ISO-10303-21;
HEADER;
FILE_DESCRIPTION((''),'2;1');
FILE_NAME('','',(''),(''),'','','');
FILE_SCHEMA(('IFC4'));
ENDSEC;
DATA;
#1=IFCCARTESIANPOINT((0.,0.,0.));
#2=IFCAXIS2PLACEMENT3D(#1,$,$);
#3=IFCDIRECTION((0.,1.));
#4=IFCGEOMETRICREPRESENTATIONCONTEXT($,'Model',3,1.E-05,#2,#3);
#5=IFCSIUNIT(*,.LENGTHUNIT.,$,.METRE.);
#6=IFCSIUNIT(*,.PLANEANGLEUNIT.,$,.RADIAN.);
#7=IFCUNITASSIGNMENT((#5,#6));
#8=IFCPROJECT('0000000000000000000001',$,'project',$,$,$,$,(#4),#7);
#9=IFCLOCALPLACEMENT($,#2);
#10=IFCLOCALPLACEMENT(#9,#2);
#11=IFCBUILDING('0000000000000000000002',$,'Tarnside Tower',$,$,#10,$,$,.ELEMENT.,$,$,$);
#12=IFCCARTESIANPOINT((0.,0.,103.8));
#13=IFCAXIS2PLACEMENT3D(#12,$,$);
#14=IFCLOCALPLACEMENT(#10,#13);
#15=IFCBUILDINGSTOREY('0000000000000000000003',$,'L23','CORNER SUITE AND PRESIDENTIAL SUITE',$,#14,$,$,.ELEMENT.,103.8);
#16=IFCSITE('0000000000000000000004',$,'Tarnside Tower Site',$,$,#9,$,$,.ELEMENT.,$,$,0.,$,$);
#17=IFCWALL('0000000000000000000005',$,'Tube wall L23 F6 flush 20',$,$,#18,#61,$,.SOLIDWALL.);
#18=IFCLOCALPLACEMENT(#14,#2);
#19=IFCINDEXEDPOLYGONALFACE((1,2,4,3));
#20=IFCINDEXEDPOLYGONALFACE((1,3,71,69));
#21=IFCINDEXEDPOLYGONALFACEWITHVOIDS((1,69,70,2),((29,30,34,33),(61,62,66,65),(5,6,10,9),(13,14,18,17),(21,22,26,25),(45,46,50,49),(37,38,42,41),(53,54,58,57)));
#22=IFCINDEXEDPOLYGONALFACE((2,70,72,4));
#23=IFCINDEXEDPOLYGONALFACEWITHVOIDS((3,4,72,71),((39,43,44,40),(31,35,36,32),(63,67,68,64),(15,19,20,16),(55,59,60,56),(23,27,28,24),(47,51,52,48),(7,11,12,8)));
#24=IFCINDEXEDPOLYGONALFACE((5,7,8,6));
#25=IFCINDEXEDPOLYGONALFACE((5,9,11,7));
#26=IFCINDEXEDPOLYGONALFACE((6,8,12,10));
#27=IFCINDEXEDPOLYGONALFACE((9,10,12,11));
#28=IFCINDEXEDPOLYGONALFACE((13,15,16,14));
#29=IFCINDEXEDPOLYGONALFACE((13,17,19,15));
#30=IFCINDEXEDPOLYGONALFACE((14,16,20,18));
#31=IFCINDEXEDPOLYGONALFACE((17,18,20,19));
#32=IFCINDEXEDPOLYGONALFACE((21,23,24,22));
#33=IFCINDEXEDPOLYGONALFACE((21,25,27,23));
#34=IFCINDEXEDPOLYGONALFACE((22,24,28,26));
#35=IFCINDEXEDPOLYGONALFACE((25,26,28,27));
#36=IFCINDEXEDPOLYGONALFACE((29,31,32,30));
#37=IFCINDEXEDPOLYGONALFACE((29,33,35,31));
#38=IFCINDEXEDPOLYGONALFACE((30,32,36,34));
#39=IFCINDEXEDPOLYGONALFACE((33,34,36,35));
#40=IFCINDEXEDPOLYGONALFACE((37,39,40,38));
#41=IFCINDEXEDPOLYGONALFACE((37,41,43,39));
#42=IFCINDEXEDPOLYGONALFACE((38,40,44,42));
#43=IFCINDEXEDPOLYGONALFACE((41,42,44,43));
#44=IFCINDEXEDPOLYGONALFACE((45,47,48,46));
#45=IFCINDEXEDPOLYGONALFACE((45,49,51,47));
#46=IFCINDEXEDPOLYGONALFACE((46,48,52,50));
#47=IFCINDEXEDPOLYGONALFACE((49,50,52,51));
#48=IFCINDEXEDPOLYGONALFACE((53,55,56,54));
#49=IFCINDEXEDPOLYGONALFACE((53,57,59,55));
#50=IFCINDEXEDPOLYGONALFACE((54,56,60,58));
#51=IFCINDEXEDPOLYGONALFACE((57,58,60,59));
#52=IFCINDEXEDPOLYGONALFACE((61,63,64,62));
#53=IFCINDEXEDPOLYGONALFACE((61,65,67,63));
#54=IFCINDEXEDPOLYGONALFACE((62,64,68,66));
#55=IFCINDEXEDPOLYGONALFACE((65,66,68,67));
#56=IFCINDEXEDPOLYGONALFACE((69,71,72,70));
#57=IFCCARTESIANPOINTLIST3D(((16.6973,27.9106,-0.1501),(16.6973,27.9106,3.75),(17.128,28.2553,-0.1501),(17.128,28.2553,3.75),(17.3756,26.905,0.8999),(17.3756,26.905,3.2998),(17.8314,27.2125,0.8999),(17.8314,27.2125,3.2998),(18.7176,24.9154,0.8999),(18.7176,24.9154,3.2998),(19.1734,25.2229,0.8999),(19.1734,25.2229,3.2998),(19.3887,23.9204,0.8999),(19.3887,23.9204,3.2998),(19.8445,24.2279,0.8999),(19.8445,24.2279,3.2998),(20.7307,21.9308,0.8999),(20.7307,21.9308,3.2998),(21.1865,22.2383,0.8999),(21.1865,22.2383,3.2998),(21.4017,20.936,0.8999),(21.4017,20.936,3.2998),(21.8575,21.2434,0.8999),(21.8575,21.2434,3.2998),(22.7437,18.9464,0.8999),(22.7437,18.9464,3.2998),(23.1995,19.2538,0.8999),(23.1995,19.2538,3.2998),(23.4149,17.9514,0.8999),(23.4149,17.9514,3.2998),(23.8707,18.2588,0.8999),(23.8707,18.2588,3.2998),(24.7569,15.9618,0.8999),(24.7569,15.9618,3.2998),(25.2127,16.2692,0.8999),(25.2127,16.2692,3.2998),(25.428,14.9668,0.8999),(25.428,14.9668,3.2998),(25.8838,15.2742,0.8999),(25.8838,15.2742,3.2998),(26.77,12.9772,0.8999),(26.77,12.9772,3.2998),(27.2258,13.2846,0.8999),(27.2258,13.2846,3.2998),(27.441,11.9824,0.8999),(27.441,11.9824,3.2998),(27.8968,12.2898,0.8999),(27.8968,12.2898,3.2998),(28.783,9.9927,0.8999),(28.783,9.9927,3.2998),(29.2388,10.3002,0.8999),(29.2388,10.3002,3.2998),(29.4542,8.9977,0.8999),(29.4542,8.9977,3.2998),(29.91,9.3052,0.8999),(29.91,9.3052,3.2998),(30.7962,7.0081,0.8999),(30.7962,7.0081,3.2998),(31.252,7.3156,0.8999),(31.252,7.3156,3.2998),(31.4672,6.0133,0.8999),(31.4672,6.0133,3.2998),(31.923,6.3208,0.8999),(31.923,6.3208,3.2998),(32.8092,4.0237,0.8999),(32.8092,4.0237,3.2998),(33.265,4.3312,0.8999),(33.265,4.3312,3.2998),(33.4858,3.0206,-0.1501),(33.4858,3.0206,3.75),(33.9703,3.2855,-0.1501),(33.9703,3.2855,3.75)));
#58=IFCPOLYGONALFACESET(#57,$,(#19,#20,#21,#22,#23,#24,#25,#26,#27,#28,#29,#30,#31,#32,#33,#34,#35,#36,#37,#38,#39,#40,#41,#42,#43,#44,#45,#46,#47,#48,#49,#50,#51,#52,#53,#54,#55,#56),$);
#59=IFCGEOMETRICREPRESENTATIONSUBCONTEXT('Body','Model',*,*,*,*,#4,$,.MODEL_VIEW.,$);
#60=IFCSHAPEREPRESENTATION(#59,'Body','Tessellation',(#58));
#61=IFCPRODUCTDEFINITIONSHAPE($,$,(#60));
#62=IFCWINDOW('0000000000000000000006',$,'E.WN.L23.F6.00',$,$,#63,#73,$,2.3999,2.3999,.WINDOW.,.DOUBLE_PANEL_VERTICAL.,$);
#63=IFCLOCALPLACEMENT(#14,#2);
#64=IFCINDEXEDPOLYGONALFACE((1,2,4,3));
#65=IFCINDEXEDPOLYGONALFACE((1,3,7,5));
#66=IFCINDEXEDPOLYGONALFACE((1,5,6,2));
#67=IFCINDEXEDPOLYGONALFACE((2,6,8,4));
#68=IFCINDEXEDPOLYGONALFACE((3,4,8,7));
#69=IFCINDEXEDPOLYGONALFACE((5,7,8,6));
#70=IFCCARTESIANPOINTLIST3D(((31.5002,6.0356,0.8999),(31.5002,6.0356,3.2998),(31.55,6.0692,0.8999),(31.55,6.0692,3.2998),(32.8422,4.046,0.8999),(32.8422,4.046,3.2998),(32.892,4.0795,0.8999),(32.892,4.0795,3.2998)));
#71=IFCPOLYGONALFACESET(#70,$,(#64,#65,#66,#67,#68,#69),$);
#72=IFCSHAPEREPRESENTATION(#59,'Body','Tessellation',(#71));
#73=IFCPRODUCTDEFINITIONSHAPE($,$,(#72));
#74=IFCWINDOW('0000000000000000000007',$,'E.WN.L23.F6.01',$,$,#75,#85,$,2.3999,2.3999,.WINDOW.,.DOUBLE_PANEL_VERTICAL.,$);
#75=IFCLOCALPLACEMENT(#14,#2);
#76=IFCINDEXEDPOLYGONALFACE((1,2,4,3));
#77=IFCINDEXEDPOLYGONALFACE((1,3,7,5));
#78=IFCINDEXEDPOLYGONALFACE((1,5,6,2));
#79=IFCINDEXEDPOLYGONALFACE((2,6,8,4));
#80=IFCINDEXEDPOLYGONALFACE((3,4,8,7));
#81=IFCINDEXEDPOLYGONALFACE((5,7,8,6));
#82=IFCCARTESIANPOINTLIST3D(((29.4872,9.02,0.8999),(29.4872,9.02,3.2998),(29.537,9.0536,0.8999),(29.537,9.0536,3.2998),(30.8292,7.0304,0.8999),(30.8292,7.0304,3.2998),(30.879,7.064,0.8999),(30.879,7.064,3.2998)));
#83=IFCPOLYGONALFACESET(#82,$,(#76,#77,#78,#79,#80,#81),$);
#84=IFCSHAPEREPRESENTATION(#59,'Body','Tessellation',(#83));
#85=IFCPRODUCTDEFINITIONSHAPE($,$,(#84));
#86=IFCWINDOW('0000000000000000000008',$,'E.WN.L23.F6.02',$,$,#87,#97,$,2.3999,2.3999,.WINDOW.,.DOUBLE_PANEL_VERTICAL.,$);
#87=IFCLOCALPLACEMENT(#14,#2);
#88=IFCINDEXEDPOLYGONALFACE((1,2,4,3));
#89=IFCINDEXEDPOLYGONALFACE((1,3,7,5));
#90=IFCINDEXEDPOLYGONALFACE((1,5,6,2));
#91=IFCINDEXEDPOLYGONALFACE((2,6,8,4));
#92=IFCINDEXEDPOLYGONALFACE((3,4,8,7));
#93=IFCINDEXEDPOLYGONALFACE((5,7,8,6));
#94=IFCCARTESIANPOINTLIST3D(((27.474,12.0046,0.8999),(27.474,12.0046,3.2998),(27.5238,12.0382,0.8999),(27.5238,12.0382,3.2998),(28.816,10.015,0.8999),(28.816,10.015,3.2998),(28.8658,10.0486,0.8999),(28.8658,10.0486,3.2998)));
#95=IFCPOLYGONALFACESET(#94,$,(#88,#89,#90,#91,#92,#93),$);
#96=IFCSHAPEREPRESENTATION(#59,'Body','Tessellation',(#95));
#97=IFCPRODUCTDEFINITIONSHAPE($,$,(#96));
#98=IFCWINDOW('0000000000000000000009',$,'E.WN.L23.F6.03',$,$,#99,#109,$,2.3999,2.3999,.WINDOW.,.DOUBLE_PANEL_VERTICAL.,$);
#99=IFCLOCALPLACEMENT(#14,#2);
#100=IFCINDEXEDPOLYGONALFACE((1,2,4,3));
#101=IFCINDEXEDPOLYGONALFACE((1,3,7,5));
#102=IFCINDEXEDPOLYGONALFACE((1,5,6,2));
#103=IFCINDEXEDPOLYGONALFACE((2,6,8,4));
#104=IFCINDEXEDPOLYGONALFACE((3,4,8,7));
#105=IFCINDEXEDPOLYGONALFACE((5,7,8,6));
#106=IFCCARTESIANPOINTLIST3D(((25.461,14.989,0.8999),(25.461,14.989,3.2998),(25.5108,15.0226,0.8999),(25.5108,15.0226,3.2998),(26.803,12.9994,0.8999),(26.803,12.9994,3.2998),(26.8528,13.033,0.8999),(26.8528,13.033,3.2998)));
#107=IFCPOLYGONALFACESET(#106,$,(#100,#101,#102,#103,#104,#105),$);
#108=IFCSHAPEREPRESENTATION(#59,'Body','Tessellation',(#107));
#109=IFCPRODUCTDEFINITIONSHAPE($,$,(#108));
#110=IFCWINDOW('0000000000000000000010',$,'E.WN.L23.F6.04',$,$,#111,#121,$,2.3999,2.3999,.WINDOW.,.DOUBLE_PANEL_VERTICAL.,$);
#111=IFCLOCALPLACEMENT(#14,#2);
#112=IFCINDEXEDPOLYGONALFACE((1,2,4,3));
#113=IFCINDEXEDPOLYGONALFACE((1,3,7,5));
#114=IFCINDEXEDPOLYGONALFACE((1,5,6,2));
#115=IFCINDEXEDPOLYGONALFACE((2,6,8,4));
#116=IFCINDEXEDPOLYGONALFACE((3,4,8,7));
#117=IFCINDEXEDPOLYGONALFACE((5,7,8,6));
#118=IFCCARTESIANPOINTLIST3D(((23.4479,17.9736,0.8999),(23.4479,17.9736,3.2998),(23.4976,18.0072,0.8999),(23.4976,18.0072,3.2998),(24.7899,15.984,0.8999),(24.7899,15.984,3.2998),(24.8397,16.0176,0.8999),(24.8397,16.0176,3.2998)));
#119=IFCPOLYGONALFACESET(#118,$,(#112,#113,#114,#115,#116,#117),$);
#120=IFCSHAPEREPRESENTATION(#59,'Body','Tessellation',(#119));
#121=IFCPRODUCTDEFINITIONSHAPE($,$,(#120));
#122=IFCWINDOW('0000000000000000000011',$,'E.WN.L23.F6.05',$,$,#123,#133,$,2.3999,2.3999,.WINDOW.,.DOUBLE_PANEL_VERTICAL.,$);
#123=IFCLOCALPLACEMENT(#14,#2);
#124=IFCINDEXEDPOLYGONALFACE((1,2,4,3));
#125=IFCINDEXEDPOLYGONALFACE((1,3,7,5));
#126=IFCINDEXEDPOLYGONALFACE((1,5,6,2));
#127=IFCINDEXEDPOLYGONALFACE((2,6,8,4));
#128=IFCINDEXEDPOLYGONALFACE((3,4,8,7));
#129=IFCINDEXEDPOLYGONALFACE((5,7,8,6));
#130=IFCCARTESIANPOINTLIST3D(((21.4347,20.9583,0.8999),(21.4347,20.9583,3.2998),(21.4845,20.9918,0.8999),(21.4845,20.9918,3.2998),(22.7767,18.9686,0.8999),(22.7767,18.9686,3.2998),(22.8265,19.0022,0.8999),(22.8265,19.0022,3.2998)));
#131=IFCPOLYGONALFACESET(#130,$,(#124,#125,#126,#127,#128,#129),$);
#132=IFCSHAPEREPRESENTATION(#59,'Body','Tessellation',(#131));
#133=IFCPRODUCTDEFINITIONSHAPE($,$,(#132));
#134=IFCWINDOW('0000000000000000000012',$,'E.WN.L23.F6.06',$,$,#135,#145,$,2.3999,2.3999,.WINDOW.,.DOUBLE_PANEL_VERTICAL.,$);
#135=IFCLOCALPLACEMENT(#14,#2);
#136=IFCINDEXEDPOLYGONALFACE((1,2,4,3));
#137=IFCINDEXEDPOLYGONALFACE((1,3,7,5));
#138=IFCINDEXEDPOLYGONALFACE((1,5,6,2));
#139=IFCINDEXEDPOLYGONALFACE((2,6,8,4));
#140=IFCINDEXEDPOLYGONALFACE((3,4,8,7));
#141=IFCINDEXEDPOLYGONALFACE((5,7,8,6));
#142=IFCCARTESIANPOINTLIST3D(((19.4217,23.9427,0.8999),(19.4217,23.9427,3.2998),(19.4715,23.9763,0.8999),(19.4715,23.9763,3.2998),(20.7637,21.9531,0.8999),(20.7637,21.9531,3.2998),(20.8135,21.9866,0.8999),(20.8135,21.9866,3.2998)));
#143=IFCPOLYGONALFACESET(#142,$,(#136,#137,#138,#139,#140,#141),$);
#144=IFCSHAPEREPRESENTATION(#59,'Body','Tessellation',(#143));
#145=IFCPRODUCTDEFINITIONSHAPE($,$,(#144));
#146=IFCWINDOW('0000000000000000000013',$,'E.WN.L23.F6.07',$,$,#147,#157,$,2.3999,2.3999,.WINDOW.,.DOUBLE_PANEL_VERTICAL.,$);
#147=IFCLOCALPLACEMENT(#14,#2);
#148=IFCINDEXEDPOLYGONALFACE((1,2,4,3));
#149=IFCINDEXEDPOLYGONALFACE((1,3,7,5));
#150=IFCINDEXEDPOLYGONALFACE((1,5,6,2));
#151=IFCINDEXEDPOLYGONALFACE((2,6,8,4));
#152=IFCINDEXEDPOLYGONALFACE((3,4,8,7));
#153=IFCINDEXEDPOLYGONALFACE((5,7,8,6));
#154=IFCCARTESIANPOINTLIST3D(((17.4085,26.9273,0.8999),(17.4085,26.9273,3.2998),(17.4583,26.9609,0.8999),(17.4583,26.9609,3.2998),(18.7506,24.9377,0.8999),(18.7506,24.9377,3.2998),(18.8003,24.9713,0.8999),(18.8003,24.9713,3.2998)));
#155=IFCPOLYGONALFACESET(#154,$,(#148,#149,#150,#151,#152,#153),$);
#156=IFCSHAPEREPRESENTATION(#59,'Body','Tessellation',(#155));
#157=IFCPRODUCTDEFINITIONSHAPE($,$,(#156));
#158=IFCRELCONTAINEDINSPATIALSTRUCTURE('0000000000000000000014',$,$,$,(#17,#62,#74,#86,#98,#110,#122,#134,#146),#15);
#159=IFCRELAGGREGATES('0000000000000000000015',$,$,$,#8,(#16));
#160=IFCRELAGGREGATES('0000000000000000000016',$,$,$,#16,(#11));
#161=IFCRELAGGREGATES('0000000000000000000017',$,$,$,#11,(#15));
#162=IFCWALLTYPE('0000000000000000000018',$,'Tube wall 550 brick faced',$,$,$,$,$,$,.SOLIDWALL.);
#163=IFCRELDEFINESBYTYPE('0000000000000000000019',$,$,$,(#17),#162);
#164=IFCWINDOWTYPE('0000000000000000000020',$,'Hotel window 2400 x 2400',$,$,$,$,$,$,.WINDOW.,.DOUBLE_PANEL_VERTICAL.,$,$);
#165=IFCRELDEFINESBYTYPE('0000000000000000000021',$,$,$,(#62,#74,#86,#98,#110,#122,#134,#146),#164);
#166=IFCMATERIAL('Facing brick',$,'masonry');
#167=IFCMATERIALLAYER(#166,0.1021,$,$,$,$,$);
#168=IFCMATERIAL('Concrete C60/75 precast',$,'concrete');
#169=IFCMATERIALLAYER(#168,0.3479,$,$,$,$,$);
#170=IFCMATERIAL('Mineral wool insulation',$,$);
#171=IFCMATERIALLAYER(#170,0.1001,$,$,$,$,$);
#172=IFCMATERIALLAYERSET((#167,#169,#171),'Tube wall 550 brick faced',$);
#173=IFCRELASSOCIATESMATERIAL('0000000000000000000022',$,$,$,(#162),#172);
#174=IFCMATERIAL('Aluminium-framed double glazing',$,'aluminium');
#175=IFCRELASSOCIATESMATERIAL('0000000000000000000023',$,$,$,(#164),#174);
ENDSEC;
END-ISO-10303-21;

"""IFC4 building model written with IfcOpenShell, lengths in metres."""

from ifc_helpers import new_model, si_unit, direction, frame, frame_2d, origin, place, context, subcontext, project, spatial, polyline, rectangle, outline, extrude, material, layer, layer_set, type_object, element, fill, save


model = new_model("IFC4")

# Units and contexts
model_context = context("Model", 3, precision=1e-05, world=origin(), true_north=direction((0.0, 1.0)))
body_context = subcontext(model_context, "Body", "Model", "MODEL_VIEW")
ifc_project = project(units=[si_unit("LENGTHUNIT", "METRE"), si_unit("PLANEANGLEUNIT", "RADIAN")], contexts=[model_context])

# Site, building, storey
site_placement = place(None, origin())
site = spatial("IfcSite", under=ifc_project, at=site_placement, Name="Tarnside Tower Site", CompositionType="ELEMENT", RefElevation=0.0)
building_placement = place(site_placement, origin())
building = spatial("IfcBuilding", under=site, at=building_placement, Name="Tarnside Tower", CompositionType="ELEMENT")
storey_placement = place(building_placement, frame((0.0, 0.0, 103.8)))
storey = spatial("IfcBuildingStorey", under=building, at=storey_placement, Name="L23", Description="CORNER SUITE AND PRESIDENTIAL SUITE", CompositionType="ELEMENT", Elevation=103.8)

# Shared definitions
ifc_material_1 = material(Name="Facing brick", Category="masonry")
ifc_layer_1 = layer(ifc_material_1, 0.1021)
ifc_material_2 = material(Name="Concrete C60/75 precast", Category="concrete")
ifc_layer_2 = layer(ifc_material_2, 0.3479)
ifc_material_3 = material(Name="Mineral wool insulation")
ifc_layer_3 = layer(ifc_material_3, 0.1001)
ifc_layer_set_1 = layer_set([ifc_layer_1, ifc_layer_2, ifc_layer_3], Name="Tube wall 550 brick faced")
wall_type_1 = type_object("IfcWallType", Name="Tube wall 550 brick faced", PredefinedType="SOLIDWALL", material=ifc_layer_set_1)

# Wall, openings, windows
wall_1_placement = place(storey_placement, frame((33.728, 3.1531, -0.1501), z_axis=(0.0, 0.0, 1.0), x_axis=(-0.559192, 0.829038, 0.0)))
wall_1 = element("IfcWall", 1, at=wall_1_placement, inside=storey, type_object=wall_type_1, Name="Tube wall L23 F6 flush 20", PredefinedType="SOLIDWALL", context=body_context, shape_type="SweptSolid", body=[
    extrude(outline(polyline([(-0.0256, -0.2749), (30.0933, -0.2749), (30.0483, 0.2749), (0.0256, 0.2749), (-0.0256, -0.2749)])), origin(), (0.0, 0.0, 1.0), 3.9001),
])
opening_1_placement = place(wall_1_placement, frame((1.2356, 0.0, 1.05)))
opening_1 = element("IfcOpeningElement", 2, at=opening_1_placement, cuts=wall_1, PredefinedType="OPENING", context=body_context, shape_type="SweptSolid", body=[
    extrude(rectangle(XDim=2.3999, YDim=2.3999, at=frame_2d((1.2, 1.2))), frame((0.0, 0.2852, 0.0), z_axis=(0.0, -1.0, 0.0), x_axis=(1.0, 0.0, 0.0)), (0.0, 0.0, 1.0), 0.5701),
])
opening_2_placement = place(wall_1_placement, frame((4.8354, 0.0, 1.05)))
opening_2 = element("IfcOpeningElement", 3, at=opening_2_placement, cuts=wall_1, PredefinedType="OPENING", context=body_context, shape_type="SweptSolid", body=[
    extrude(rectangle(XDim=2.3999, YDim=2.3999, at=frame_2d((1.2, 1.2))), frame((0.0, 0.2852, 0.0), z_axis=(0.0, -1.0, 0.0), x_axis=(1.0, 0.0, 0.0)), (0.0, 0.0, 1.0), 0.5701),
])
opening_3_placement = place(wall_1_placement, frame((8.4355, 0.0, 1.05)))
opening_3 = element("IfcOpeningElement", 4, at=opening_3_placement, cuts=wall_1, PredefinedType="OPENING", context=body_context, shape_type="SweptSolid", body=[
    extrude(rectangle(XDim=2.3999, YDim=2.3999, at=frame_2d((1.2, 1.2))), frame((0.0, 0.2852, 0.0), z_axis=(0.0, -1.0, 0.0), x_axis=(1.0, 0.0, 0.0)), (0.0, 0.0, 1.0), 0.5701),
])
opening_4_placement = place(wall_1_placement, frame((12.0354, 0.0, 1.05)))
opening_4 = element("IfcOpeningElement", 5, at=opening_4_placement, cuts=wall_1, PredefinedType="OPENING", context=body_context, shape_type="SweptSolid", body=[
    extrude(rectangle(XDim=2.3999, YDim=2.3999, at=frame_2d((1.2, 1.2))), frame((0.0, 0.2852, 0.0), z_axis=(0.0, -1.0, 0.0), x_axis=(1.0, 0.0, 0.0)), (0.0, 0.0, 1.0), 0.5701),
])
opening_5_placement = place(wall_1_placement, frame((15.6355, 0.0, 1.05)))
opening_5 = element("IfcOpeningElement", 6, at=opening_5_placement, cuts=wall_1, PredefinedType="OPENING", context=body_context, shape_type="SweptSolid", body=[
    extrude(rectangle(XDim=2.3999, YDim=2.3999, at=frame_2d((1.2, 1.2))), frame((0.0, 0.2852, 0.0), z_axis=(0.0, -1.0, 0.0), x_axis=(1.0, 0.0, 0.0)), (0.0, 0.0, 1.0), 0.5701),
])
opening_6_placement = place(wall_1_placement, frame((19.2356, 0.0, 1.05)))
opening_6 = element("IfcOpeningElement", 7, at=opening_6_placement, cuts=wall_1, PredefinedType="OPENING", context=body_context, shape_type="SweptSolid", body=[
    extrude(rectangle(XDim=2.3999, YDim=2.3999, at=frame_2d((1.2, 1.2))), frame((0.0, 0.2852, 0.0), z_axis=(0.0, -1.0, 0.0), x_axis=(1.0, 0.0, 0.0)), (0.0, 0.0, 1.0), 0.5701),
])
opening_7_placement = place(wall_1_placement, frame((22.8354, 0.0, 1.05)))
opening_7 = element("IfcOpeningElement", 8, at=opening_7_placement, cuts=wall_1, PredefinedType="OPENING", context=body_context, shape_type="SweptSolid", body=[
    extrude(rectangle(XDim=2.3999, YDim=2.3999, at=frame_2d((1.2, 1.2))), frame((0.0, 0.2852, 0.0), z_axis=(0.0, -1.0, 0.0), x_axis=(1.0, 0.0, 0.0)), (0.0, 0.0, 1.0), 0.5701),
])
opening_8_placement = place(wall_1_placement, frame((26.4355, 0.0, 1.05)))
opening_8 = element("IfcOpeningElement", 9, at=opening_8_placement, cuts=wall_1, PredefinedType="OPENING", context=body_context, shape_type="SweptSolid", body=[
    extrude(rectangle(XDim=2.3999, YDim=2.3999, at=frame_2d((1.2, 1.2))), frame((0.0, 0.2852, 0.0), z_axis=(0.0, -1.0, 0.0), x_axis=(1.0, 0.0, 0.0)), (0.0, 0.0, 1.0), 0.5701),
])
ifc_material_4 = material(Name="Aluminium-framed double glazing", Category="aluminium")
window_type = type_object("IfcWindowType", Name="Hotel window 2400 x 2400", PartitioningType="DOUBLE_PANEL_VERTICAL", PredefinedType="WINDOW", material=ifc_material_4)
window_1_placement = place(opening_1_placement, frame((0.0, 0.2051, 0.0)))
window_1 = element("IfcWindow", 10, at=window_1_placement, inside=storey, type_object=window_type, Name="E.WN.L23.F6.00", OverallHeight=2.3999, OverallWidth=2.3999, PartitioningType="DOUBLE_PANEL_VERTICAL", PredefinedType="WINDOW", context=body_context, shape_type="SweptSolid", body=[
    extrude(rectangle(XDim=2.3999, YDim=2.3999, at=frame_2d((1.2, 1.2))), frame((0.0, 0.03, 0.0), z_axis=(0.0, -1.0, 0.0), x_axis=(1.0, 0.0, 0.0)), (0.0, 0.0, 1.0), 0.0601),
])
fill(opening_1, window_1)
window_2_placement = place(opening_2_placement, frame((0.0, 0.2051, 0.0)))
window_2 = element("IfcWindow", 11, at=window_2_placement, inside=storey, type_object=window_type, Name="E.WN.L23.F6.01", OverallHeight=2.3999, OverallWidth=2.3999, PartitioningType="DOUBLE_PANEL_VERTICAL", PredefinedType="WINDOW", context=body_context, shape_type="SweptSolid", body=[
    extrude(rectangle(XDim=2.3999, YDim=2.3999, at=frame_2d((1.2, 1.2))), frame((0.0, 0.03, 0.0), z_axis=(0.0, -1.0, 0.0), x_axis=(1.0, 0.0, 0.0)), (0.0, 0.0, 1.0), 0.0601),
])
fill(opening_2, window_2)
window_3_placement = place(opening_3_placement, frame((0.0, 0.2051, 0.0)))
window_3 = element("IfcWindow", 12, at=window_3_placement, inside=storey, type_object=window_type, Name="E.WN.L23.F6.02", OverallHeight=2.3999, OverallWidth=2.3999, PartitioningType="DOUBLE_PANEL_VERTICAL", PredefinedType="WINDOW", context=body_context, shape_type="SweptSolid", body=[
    extrude(rectangle(XDim=2.3999, YDim=2.3999, at=frame_2d((1.2, 1.2))), frame((0.0, 0.03, 0.0), z_axis=(0.0, -1.0, 0.0), x_axis=(1.0, 0.0, 0.0)), (0.0, 0.0, 1.0), 0.0601),
])
fill(opening_3, window_3)
window_4_placement = place(opening_4_placement, frame((0.0, 0.2051, 0.0)))
window_4 = element("IfcWindow", 13, at=window_4_placement, inside=storey, type_object=window_type, Name="E.WN.L23.F6.03", OverallHeight=2.3999, OverallWidth=2.3999, PartitioningType="DOUBLE_PANEL_VERTICAL", PredefinedType="WINDOW", context=body_context, shape_type="SweptSolid", body=[
    extrude(rectangle(XDim=2.3999, YDim=2.3999, at=frame_2d((1.2, 1.2))), frame((0.0, 0.03, 0.0), z_axis=(0.0, -1.0, 0.0), x_axis=(1.0, 0.0, 0.0)), (0.0, 0.0, 1.0), 0.0601),
])
fill(opening_4, window_4)
window_5_placement = place(opening_5_placement, frame((0.0, 0.2051, 0.0)))
window_5 = element("IfcWindow", 14, at=window_5_placement, inside=storey, type_object=window_type, Name="E.WN.L23.F6.04", OverallHeight=2.3999, OverallWidth=2.3999, PartitioningType="DOUBLE_PANEL_VERTICAL", PredefinedType="WINDOW", context=body_context, shape_type="SweptSolid", body=[
    extrude(rectangle(XDim=2.3999, YDim=2.3999, at=frame_2d((1.2, 1.2))), frame((0.0, 0.03, 0.0), z_axis=(0.0, -1.0, 0.0), x_axis=(1.0, 0.0, 0.0)), (0.0, 0.0, 1.0), 0.0601),
])
fill(opening_5, window_5)
window_6_placement = place(opening_6_placement, frame((0.0, 0.2051, 0.0)))
window_6 = element("IfcWindow", 15, at=window_6_placement, inside=storey, type_object=window_type, Name="E.WN.L23.F6.05", OverallHeight=2.3999, OverallWidth=2.3999, PartitioningType="DOUBLE_PANEL_VERTICAL", PredefinedType="WINDOW", context=body_context, shape_type="SweptSolid", body=[
    extrude(rectangle(XDim=2.3999, YDim=2.3999, at=frame_2d((1.2, 1.2))), frame((0.0, 0.03, 0.0), z_axis=(0.0, -1.0, 0.0), x_axis=(1.0, 0.0, 0.0)), (0.0, 0.0, 1.0), 0.0601),
])
fill(opening_6, window_6)
window_7_placement = place(opening_7_placement, frame((0.0, 0.2051, 0.0)))
window_7 = element("IfcWindow", 16, at=window_7_placement, inside=storey, type_object=window_type, Name="E.WN.L23.F6.06", OverallHeight=2.3999, OverallWidth=2.3999, PartitioningType="DOUBLE_PANEL_VERTICAL", PredefinedType="WINDOW", context=body_context, shape_type="SweptSolid", body=[
    extrude(rectangle(XDim=2.3999, YDim=2.3999, at=frame_2d((1.2, 1.2))), frame((0.0, 0.03, 0.0), z_axis=(0.0, -1.0, 0.0), x_axis=(1.0, 0.0, 0.0)), (0.0, 0.0, 1.0), 0.0601),
])
fill(opening_7, window_7)
window_8_placement = place(opening_8_placement, frame((0.0, 0.2051, 0.0)))
window_8 = element("IfcWindow", 17, at=window_8_placement, inside=storey, type_object=window_type, Name="E.WN.L23.F6.07", OverallHeight=2.3999, OverallWidth=2.3999, PartitioningType="DOUBLE_PANEL_VERTICAL", PredefinedType="WINDOW", context=body_context, shape_type="SweptSolid", body=[
    extrude(rectangle(XDim=2.3999, YDim=2.3999, at=frame_2d((1.2, 1.2))), frame((0.0, 0.03, 0.0), z_axis=(0.0, -1.0, 0.0), x_axis=(1.0, 0.0, 0.0)), (0.0, 0.0, 1.0), 0.0601),
])
fill(opening_8, window_8)

save(model, "model.ifc")
